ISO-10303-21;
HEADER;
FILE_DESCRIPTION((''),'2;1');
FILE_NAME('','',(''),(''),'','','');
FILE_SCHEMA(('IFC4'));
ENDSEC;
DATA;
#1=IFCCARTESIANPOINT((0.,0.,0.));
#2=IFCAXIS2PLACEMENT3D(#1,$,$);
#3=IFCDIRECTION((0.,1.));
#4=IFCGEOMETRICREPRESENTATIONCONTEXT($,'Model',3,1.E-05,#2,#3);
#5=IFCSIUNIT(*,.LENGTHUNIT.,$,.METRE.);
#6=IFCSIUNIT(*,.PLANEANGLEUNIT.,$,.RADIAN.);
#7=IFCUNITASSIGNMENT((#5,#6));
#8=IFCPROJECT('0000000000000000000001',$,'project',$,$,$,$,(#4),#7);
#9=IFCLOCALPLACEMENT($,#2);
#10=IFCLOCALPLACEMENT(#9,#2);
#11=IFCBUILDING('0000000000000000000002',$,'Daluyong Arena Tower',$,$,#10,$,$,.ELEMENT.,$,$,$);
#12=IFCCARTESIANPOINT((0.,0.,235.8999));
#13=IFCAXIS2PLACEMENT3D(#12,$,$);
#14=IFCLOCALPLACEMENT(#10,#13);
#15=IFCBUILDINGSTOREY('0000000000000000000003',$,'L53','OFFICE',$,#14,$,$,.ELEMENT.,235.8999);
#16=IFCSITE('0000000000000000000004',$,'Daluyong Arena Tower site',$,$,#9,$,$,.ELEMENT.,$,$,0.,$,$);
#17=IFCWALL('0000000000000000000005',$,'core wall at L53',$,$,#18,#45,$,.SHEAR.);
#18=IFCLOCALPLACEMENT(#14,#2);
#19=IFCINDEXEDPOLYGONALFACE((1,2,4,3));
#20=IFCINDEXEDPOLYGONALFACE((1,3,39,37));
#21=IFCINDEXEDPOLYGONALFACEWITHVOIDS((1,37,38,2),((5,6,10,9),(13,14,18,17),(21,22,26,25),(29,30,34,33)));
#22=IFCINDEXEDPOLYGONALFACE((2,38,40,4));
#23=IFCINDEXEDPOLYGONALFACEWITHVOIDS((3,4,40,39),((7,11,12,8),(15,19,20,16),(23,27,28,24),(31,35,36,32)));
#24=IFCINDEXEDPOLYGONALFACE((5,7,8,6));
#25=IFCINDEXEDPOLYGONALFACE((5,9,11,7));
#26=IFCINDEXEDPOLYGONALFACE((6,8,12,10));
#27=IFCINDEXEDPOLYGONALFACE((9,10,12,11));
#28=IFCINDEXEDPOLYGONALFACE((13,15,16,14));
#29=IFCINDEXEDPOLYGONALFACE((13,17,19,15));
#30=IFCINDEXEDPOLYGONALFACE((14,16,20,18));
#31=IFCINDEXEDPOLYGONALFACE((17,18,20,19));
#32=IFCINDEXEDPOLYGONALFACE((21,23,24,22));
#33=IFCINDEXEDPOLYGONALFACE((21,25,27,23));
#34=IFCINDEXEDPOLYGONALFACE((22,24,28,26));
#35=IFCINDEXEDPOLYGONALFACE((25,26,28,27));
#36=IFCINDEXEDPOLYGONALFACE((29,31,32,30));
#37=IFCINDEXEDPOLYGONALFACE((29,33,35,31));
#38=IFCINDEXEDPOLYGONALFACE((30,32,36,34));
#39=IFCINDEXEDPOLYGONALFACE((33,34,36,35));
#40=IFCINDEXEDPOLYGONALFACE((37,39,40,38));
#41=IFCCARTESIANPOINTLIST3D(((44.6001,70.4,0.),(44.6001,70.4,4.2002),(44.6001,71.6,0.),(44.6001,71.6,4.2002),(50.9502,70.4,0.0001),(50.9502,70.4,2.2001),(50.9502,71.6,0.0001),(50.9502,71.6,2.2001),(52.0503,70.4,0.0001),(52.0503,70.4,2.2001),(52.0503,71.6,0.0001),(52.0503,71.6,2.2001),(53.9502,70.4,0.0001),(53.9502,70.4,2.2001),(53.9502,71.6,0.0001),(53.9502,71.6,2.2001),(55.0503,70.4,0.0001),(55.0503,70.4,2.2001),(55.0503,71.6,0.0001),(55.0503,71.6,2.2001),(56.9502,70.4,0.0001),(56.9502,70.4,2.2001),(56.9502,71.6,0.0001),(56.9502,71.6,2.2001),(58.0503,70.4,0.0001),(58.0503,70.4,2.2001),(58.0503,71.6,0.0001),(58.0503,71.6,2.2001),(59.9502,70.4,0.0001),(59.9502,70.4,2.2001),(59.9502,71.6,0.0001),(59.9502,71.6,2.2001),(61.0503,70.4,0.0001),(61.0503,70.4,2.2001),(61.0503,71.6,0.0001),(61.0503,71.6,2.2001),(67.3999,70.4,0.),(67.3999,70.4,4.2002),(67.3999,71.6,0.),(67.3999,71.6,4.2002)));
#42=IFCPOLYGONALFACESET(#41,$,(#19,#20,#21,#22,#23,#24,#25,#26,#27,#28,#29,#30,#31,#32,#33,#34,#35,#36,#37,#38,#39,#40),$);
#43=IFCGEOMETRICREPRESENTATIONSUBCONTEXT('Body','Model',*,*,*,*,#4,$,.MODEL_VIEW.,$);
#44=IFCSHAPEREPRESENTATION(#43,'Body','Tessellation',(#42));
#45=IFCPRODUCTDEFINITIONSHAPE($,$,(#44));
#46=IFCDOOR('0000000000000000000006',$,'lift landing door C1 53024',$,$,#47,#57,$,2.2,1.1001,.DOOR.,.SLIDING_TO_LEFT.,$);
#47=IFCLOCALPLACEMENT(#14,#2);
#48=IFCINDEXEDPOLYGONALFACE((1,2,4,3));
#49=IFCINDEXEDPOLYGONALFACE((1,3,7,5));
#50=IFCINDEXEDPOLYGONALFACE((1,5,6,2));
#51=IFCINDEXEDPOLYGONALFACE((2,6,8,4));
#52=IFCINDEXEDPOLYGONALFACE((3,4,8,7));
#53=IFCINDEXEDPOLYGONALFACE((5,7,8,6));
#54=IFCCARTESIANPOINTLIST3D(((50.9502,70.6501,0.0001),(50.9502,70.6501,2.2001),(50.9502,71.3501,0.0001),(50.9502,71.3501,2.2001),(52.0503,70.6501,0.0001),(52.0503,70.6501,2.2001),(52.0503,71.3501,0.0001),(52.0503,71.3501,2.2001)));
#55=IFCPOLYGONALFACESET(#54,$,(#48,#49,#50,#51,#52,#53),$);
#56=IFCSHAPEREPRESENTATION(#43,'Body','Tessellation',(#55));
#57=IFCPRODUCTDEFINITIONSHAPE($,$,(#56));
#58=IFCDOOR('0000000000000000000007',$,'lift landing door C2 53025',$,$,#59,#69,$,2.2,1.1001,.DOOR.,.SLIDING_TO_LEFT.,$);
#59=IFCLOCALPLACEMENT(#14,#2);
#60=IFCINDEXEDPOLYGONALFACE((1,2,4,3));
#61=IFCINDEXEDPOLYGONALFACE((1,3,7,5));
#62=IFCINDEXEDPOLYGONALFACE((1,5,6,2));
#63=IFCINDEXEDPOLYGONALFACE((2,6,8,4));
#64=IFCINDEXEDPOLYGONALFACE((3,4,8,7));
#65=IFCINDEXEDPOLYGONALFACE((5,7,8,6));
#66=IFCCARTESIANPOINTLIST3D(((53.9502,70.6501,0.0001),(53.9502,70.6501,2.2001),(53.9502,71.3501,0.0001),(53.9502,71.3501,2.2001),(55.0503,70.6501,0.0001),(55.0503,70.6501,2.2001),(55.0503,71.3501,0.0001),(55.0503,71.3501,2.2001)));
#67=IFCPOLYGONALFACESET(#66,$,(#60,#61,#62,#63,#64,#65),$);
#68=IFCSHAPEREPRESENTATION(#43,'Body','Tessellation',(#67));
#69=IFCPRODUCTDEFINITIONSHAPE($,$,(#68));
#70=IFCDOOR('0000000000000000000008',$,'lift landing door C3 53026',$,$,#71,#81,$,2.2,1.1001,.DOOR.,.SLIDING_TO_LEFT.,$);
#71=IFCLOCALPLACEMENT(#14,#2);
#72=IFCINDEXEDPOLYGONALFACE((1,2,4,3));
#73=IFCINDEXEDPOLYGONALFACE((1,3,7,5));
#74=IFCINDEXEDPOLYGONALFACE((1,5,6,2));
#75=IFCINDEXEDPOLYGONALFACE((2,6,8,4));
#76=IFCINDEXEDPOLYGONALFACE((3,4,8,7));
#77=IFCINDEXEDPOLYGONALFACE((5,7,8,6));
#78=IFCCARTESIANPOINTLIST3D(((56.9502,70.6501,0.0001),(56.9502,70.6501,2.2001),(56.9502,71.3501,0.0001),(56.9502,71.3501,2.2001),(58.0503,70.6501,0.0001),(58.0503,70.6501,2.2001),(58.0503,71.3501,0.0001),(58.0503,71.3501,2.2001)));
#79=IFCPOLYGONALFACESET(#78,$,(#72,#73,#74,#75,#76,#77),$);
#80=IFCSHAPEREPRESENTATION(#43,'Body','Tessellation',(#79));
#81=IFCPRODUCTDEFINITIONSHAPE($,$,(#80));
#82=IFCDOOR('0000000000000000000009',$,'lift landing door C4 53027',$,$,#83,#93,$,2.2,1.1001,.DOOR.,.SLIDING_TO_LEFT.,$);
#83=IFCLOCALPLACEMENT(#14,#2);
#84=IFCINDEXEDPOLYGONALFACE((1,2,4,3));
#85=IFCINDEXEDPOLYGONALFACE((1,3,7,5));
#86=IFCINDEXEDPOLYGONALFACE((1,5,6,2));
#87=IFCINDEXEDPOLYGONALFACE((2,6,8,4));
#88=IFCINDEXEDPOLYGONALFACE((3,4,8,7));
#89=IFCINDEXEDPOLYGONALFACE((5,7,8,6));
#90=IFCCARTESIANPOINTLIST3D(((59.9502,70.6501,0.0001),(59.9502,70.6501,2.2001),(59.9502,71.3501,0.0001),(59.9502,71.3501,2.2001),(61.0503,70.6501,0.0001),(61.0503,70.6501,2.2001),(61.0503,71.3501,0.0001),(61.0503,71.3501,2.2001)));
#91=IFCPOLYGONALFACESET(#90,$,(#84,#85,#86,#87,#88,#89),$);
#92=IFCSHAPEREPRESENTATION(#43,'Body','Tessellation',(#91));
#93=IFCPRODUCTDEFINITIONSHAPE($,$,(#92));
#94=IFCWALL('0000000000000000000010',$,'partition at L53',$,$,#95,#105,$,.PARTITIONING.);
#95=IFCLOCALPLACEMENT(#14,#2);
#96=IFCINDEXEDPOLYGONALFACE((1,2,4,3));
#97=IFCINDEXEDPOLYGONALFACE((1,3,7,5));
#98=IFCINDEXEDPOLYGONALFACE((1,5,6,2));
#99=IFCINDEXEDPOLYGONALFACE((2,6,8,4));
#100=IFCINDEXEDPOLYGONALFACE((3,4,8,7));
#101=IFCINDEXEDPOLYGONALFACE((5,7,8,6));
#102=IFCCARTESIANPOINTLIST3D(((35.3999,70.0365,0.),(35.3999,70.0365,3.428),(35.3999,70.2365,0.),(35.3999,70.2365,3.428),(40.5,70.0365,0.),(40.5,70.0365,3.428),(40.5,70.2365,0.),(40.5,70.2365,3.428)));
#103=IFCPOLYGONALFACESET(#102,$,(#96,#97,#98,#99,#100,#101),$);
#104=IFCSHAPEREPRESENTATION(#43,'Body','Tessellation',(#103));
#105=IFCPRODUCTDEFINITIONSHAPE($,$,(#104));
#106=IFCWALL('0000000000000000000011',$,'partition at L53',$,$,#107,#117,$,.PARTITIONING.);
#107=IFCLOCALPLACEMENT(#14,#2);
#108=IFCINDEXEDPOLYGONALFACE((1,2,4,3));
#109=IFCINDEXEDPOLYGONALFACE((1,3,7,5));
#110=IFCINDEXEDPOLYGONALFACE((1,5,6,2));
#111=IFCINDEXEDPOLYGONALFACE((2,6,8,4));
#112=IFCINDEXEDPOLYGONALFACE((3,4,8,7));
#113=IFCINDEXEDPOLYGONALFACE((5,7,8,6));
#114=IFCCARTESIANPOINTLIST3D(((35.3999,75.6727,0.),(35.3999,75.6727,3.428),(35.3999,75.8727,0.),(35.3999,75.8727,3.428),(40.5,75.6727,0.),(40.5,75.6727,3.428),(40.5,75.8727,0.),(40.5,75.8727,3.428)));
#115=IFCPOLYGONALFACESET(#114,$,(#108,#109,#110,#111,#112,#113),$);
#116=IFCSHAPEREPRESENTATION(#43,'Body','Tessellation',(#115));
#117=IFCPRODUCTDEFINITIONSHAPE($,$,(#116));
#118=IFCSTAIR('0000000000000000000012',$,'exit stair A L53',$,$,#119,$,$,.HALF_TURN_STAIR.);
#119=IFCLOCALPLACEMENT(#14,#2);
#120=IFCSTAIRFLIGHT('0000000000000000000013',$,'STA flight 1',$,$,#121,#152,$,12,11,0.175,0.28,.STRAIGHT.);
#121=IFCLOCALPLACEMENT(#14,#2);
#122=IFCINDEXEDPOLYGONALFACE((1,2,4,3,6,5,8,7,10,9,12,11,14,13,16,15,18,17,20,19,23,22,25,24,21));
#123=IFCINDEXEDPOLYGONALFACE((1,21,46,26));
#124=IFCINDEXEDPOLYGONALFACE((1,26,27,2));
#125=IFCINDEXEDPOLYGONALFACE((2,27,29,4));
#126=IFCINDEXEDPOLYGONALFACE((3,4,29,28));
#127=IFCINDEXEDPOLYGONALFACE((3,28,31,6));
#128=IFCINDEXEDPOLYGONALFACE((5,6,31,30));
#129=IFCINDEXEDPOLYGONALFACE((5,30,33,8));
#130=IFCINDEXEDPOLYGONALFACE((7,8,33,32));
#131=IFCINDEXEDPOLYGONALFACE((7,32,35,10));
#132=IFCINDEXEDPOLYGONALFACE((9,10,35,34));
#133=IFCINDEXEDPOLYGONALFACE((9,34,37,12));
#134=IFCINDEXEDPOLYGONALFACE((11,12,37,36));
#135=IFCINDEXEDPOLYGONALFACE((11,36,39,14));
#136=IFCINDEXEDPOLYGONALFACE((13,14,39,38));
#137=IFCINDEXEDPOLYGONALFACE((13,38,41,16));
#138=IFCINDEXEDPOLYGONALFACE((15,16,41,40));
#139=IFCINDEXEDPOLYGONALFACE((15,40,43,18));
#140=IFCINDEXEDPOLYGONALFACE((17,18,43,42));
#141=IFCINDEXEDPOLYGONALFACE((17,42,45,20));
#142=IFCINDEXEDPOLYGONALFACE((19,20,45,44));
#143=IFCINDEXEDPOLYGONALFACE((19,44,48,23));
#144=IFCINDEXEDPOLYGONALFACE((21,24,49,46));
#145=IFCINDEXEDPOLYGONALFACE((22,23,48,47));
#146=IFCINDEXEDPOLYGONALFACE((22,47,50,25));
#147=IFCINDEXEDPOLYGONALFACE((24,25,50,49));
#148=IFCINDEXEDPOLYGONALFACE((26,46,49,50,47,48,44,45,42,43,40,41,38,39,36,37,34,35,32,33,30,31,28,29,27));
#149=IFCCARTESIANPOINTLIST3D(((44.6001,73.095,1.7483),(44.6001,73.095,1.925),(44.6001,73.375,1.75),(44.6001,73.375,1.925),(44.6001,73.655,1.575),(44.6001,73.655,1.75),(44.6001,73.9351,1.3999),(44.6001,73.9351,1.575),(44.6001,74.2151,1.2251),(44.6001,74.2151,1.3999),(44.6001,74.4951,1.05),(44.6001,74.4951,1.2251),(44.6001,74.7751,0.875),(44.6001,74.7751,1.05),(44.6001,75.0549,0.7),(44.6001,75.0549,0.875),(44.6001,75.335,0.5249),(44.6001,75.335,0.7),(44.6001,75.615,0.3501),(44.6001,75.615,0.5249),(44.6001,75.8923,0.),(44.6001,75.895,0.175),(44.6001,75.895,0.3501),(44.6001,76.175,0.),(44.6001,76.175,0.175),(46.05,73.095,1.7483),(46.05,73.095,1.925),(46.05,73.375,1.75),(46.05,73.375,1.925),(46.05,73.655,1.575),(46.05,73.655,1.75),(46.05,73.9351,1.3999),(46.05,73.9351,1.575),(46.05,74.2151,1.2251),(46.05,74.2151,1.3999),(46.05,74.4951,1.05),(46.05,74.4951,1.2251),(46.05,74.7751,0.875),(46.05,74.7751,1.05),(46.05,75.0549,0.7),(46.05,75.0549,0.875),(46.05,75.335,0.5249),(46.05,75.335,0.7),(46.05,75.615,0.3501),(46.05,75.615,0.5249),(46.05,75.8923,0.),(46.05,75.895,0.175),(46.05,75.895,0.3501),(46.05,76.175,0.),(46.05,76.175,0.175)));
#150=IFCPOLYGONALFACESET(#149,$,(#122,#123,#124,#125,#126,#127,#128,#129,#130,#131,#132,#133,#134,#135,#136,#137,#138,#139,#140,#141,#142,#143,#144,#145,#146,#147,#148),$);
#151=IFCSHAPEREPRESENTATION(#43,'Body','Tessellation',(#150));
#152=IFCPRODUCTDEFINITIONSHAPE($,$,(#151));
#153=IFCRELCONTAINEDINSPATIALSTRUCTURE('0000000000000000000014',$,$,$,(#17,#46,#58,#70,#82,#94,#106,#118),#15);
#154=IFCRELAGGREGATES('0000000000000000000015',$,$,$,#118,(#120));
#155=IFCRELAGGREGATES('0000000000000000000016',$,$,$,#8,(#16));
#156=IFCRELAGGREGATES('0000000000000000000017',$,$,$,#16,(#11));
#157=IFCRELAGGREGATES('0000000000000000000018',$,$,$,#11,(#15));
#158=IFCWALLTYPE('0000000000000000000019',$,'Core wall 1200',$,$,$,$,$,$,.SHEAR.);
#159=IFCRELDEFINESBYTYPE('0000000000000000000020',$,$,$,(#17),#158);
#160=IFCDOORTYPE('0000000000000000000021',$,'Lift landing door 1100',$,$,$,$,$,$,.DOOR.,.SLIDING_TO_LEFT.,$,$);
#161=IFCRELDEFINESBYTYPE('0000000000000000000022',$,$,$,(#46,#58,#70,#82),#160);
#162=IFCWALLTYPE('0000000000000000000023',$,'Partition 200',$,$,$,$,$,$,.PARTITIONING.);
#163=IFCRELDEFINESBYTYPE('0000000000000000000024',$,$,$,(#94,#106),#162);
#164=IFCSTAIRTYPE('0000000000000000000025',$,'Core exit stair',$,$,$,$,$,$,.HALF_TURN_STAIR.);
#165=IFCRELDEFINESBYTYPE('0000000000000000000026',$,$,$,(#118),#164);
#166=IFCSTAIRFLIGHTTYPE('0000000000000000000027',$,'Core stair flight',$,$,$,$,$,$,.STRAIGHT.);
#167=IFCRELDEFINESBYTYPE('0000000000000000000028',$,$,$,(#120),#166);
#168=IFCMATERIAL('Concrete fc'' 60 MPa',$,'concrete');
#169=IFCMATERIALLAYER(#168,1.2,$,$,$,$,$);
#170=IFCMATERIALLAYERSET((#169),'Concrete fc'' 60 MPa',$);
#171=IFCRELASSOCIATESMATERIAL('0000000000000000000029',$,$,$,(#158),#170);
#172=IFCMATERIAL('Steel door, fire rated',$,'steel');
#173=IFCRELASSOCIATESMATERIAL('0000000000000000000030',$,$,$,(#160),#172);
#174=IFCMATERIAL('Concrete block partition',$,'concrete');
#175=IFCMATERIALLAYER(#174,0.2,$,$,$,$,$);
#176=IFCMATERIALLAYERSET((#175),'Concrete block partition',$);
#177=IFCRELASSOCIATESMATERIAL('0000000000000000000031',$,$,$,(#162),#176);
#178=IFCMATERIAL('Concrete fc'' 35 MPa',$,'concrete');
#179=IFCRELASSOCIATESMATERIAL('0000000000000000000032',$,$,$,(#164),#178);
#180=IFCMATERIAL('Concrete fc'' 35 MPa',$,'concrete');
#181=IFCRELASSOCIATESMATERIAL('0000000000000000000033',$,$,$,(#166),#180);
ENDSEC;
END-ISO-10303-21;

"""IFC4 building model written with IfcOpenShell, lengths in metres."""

from ifc_helpers import new_model, si_unit, direction, frame, frame_2d, origin, place, context, subcontext, project, spatial, polyline, rectangle, outline, extrude, material, layer, layer_set, type_object, element, fill, aggregate, save


model = new_model("IFC4")

# Units and contexts
model_context = context("Model", 3, precision=1e-05, world=origin(), true_north=direction((0.0, 1.0)))
body_context = subcontext(model_context, "Body", "Model", "MODEL_VIEW")
ifc_project = project(units=[si_unit("LENGTHUNIT", "METRE"), si_unit("PLANEANGLEUNIT", "RADIAN")], contexts=[model_context])

# Site, building, storey
site_placement = place(None, origin())
site = spatial("IfcSite", under=ifc_project, at=site_placement, Name="Daluyong Arena Tower site", CompositionType="ELEMENT", RefElevation=0.0)
building_placement = place(site_placement, origin())
building = spatial("IfcBuilding", under=site, at=building_placement, Name="Daluyong Arena Tower", CompositionType="ELEMENT")
storey_placement = place(building_placement, frame((0.0, 0.0, 235.8999)))
storey = spatial("IfcBuildingStorey", under=building, at=storey_placement, Name="L53", Description="OFFICE", CompositionType="ELEMENT", Elevation=235.8999)

# Shared definitions
ifc_material_1 = material(Name="Concrete fc' 60 MPa", Category="concrete")
ifc_layer_1 = layer(ifc_material_1, 1.2)
ifc_layer_set_1 = layer_set([ifc_layer_1], Name="Concrete fc' 60 MPa")
wall_type_1 = type_object("IfcWallType", Name="Core wall 1200", PredefinedType="SHEAR", material=ifc_layer_set_1)

# Wall, openings, doors
wall_1_placement = place(storey_placement, frame((44.6001, 71.0, 0.0), z_axis=(0.0, 0.0, 1.0), x_axis=(1.0, 0.0, 0.0)))
wall_1 = element("IfcWall", 1, at=wall_1_placement, inside=storey, type_object=wall_type_1, Name="core wall at L53", PredefinedType="SHEAR", context=body_context, shape_type="SweptSolid", body=[
    extrude(rectangle(XDim=22.7998, YDim=1.2, at=frame_2d((11.3999, 0.0))), origin(), (0.0, 0.0, 1.0), 4.2002),
])
opening_1_placement = place(wall_1_placement, frame((6.3501, 0.0, 0.0)))
opening_1 = element("IfcOpeningElement", 2, at=opening_1_placement, cuts=wall_1, PredefinedType="OPENING", context=body_context, shape_type="SweptSolid", body=[
    extrude(rectangle(XDim=1.1001, YDim=2.2, at=frame_2d((0.55, 1.1001))), frame((0.0, 0.6099, 0.0), z_axis=(0.0, -1.0, 0.0), x_axis=(1.0, 0.0, 0.0)), (0.0, 0.0, 1.0), 1.22),
])
opening_2_placement = place(wall_1_placement, frame((9.3501, 0.0, 0.0)))
opening_2 = element("IfcOpeningElement", 3, at=opening_2_placement, cuts=wall_1, PredefinedType="OPENING", context=body_context, shape_type="SweptSolid", body=[
    extrude(rectangle(XDim=1.1001, YDim=2.2, at=frame_2d((0.55, 1.1001))), frame((0.0, 0.6099, 0.0), z_axis=(0.0, -1.0, 0.0), x_axis=(1.0, 0.0, 0.0)), (0.0, 0.0, 1.0), 1.22),
])
opening_3_placement = place(wall_1_placement, frame((12.3501, 0.0, 0.0)))
opening_3 = element("IfcOpeningElement", 4, at=opening_3_placement, cuts=wall_1, PredefinedType="OPENING", context=body_context, shape_type="SweptSolid", body=[
    extrude(rectangle(XDim=1.1001, YDim=2.2, at=frame_2d((0.55, 1.1001))), frame((0.0, 0.6099, 0.0), z_axis=(0.0, -1.0, 0.0), x_axis=(1.0, 0.0, 0.0)), (0.0, 0.0, 1.0), 1.22),
])
opening_4_placement = place(wall_1_placement, frame((15.3501, 0.0, 0.0)))
opening_4 = element("IfcOpeningElement", 5, at=opening_4_placement, cuts=wall_1, PredefinedType="OPENING", context=body_context, shape_type="SweptSolid", body=[
    extrude(rectangle(XDim=1.1001, YDim=2.2, at=frame_2d((0.55, 1.1001))), frame((0.0, 0.6099, 0.0), z_axis=(0.0, -1.0, 0.0), x_axis=(1.0, 0.0, 0.0)), (0.0, 0.0, 1.0), 1.22),
])
ifc_material_2 = material(Name="Steel door, fire rated", Category="steel")
door_type_1 = type_object("IfcDoorType", Name="Lift landing door 1100", OperationType="SLIDING_TO_LEFT", PredefinedType="DOOR", material=ifc_material_2)
door_1_placement = place(opening_1_placement, origin())
door_1 = element("IfcDoor", 6, at=door_1_placement, inside=storey, type_object=door_type_1, Name="lift landing door C1 53024", OperationType="SLIDING_TO_LEFT", OverallHeight=2.2, OverallWidth=1.1001, PredefinedType="DOOR", context=body_context, shape_type="SweptSolid", body=[
    extrude(rectangle(XDim=1.1001, YDim=2.2, at=frame_2d((0.55, 1.1001))), frame((0.0, 0.3501, 0.0), z_axis=(0.0, -1.0, 0.0), x_axis=(1.0, 0.0, 0.0)), (0.0, 0.0, 1.0), 0.7),
])
fill(opening_1, door_1)
door_2_placement = place(opening_2_placement, origin())
door_2 = element("IfcDoor", 7, at=door_2_placement, inside=storey, type_object=door_type_1, Name="lift landing door C2 53025", OperationType="SLIDING_TO_LEFT", OverallHeight=2.2, OverallWidth=1.1001, PredefinedType="DOOR", context=body_context, shape_type="SweptSolid", body=[
    extrude(rectangle(XDim=1.1001, YDim=2.2, at=frame_2d((0.55, 1.1001))), frame((0.0, 0.3501, 0.0), z_axis=(0.0, -1.0, 0.0), x_axis=(1.0, 0.0, 0.0)), (0.0, 0.0, 1.0), 0.7),
])
fill(opening_2, door_2)
door_3_placement = place(opening_3_placement, origin())
door_3 = element("IfcDoor", 8, at=door_3_placement, inside=storey, type_object=door_type_1, Name="lift landing door C3 53026", OperationType="SLIDING_TO_LEFT", OverallHeight=2.2, OverallWidth=1.1001, PredefinedType="DOOR", context=body_context, shape_type="SweptSolid", body=[
    extrude(rectangle(XDim=1.1001, YDim=2.2, at=frame_2d((0.55, 1.1001))), frame((0.0, 0.3501, 0.0), z_axis=(0.0, -1.0, 0.0), x_axis=(1.0, 0.0, 0.0)), (0.0, 0.0, 1.0), 0.7),
])
fill(opening_3, door_3)
door_4_placement = place(opening_4_placement, origin())
door_4 = element("IfcDoor", 9, at=door_4_placement, inside=storey, type_object=door_type_1, Name="lift landing door C4 53027", OperationType="SLIDING_TO_LEFT", OverallHeight=2.2, OverallWidth=1.1001, PredefinedType="DOOR", context=body_context, shape_type="SweptSolid", body=[
    extrude(rectangle(XDim=1.1001, YDim=2.2, at=frame_2d((0.55, 1.1001))), frame((0.0, 0.3501, 0.0), z_axis=(0.0, -1.0, 0.0), x_axis=(1.0, 0.0, 0.0)), (0.0, 0.0, 1.0), 0.7),
])
fill(opening_4, door_4)

# Walls
ifc_material_3 = material(Name="Concrete block partition", Category="concrete")
ifc_layer_2 = layer(ifc_material_3, 0.2)
ifc_layer_set_2 = layer_set([ifc_layer_2], Name="Concrete block partition")
wall_type_2 = type_object("IfcWallType", Name="Partition 200", PredefinedType="PARTITIONING", material=ifc_layer_set_2)
for number, where, z_axis, x_axis, name in (
    (10, (35.3999, 70.1365, 0.0), (0.0, 0.0, 1.0), (1.0, 0.0, 0.0), "partition at L53"),
    (11, (35.3999, 75.7727, 0.0), (0.0, 0.0, 1.0), (1.0, 0.0, 0.0), "partition at L53"),
):
    element("IfcWall", number, at=place(storey_placement, frame(where, z_axis=z_axis, x_axis=x_axis)), inside=storey, type_object=wall_type_2, Name=name, PredefinedType="PARTITIONING", context=body_context, shape_type="SweptSolid", body=[
        extrude(rectangle(XDim=5.1001, YDim=0.2, at=frame_2d((2.55, 0.0))), origin(), (0.0, 0.0, 1.0), 3.428),
    ])

# Stair, stair flight
ifc_material_4 = material(Name="Concrete fc' 35 MPa", Category="concrete")
stair_type = type_object("IfcStairType", Name="Core exit stair", PredefinedType="HALF_TURN_STAIR", material=ifc_material_4)
stair_placement = place(storey_placement, origin())
stair = element("IfcStair", 12, at=stair_placement, inside=storey, type_object=stair_type, Name="exit stair A L53", PredefinedType="HALF_TURN_STAIR")
ifc_material_5 = material(Name="Concrete fc' 35 MPa", Category="concrete")
stair_flight_type = type_object("IfcStairFlightType", Name="Core stair flight", PredefinedType="STRAIGHT", material=ifc_material_5)
stair_flight_1_placement = place(storey_placement, frame((45.325, 76.175, 0.0), z_axis=(0.0, 0.0, 1.0), x_axis=(0.0, -1.0, 0.0)))
stair_flight_1 = element("IfcStairFlight", 13, at=stair_flight_1_placement, type_object=stair_flight_type, Name="STA flight 1", NumberOfRisers=12, NumberOfTreads=11, PredefinedType="STRAIGHT", RiserHeight=0.175, TreadLength=0.28, context=body_context, shape_type="SweptSolid", body=[
    extrude(outline(polyline([(0.0, 0.0), (0.0, 0.175), (0.28, 0.175), (0.28, 0.3501), (0.5601, 0.3501), (0.5601, 0.5249), (0.8401, 0.5249), (0.8401, 0.7), (1.1201, 0.7), (1.1201, 0.875), (1.3999, 0.875), (1.3999, 1.05), (1.6799, 1.05), (1.6799, 1.2251), (1.96, 1.2251), (1.96, 1.3999), (2.24, 1.3999), (2.24, 1.575), (2.52, 1.575), (2.52, 1.75), (2.8, 1.75), (2.8, 1.925), (3.0801, 1.925), (3.0801, 2.1001), (3.0801, 1.7483), (0.2827, 0.0), (0.0, 0.0)])), frame((0.0, 0.7251, 0.0), z_axis=(0.0, -1.0, 0.0), x_axis=(1.0, 0.0, 0.0)), (0.0, 0.0, 1.0), 1.45),
])
aggregate(stair, [stair_flight_1])

save(model, "model.ifc")
